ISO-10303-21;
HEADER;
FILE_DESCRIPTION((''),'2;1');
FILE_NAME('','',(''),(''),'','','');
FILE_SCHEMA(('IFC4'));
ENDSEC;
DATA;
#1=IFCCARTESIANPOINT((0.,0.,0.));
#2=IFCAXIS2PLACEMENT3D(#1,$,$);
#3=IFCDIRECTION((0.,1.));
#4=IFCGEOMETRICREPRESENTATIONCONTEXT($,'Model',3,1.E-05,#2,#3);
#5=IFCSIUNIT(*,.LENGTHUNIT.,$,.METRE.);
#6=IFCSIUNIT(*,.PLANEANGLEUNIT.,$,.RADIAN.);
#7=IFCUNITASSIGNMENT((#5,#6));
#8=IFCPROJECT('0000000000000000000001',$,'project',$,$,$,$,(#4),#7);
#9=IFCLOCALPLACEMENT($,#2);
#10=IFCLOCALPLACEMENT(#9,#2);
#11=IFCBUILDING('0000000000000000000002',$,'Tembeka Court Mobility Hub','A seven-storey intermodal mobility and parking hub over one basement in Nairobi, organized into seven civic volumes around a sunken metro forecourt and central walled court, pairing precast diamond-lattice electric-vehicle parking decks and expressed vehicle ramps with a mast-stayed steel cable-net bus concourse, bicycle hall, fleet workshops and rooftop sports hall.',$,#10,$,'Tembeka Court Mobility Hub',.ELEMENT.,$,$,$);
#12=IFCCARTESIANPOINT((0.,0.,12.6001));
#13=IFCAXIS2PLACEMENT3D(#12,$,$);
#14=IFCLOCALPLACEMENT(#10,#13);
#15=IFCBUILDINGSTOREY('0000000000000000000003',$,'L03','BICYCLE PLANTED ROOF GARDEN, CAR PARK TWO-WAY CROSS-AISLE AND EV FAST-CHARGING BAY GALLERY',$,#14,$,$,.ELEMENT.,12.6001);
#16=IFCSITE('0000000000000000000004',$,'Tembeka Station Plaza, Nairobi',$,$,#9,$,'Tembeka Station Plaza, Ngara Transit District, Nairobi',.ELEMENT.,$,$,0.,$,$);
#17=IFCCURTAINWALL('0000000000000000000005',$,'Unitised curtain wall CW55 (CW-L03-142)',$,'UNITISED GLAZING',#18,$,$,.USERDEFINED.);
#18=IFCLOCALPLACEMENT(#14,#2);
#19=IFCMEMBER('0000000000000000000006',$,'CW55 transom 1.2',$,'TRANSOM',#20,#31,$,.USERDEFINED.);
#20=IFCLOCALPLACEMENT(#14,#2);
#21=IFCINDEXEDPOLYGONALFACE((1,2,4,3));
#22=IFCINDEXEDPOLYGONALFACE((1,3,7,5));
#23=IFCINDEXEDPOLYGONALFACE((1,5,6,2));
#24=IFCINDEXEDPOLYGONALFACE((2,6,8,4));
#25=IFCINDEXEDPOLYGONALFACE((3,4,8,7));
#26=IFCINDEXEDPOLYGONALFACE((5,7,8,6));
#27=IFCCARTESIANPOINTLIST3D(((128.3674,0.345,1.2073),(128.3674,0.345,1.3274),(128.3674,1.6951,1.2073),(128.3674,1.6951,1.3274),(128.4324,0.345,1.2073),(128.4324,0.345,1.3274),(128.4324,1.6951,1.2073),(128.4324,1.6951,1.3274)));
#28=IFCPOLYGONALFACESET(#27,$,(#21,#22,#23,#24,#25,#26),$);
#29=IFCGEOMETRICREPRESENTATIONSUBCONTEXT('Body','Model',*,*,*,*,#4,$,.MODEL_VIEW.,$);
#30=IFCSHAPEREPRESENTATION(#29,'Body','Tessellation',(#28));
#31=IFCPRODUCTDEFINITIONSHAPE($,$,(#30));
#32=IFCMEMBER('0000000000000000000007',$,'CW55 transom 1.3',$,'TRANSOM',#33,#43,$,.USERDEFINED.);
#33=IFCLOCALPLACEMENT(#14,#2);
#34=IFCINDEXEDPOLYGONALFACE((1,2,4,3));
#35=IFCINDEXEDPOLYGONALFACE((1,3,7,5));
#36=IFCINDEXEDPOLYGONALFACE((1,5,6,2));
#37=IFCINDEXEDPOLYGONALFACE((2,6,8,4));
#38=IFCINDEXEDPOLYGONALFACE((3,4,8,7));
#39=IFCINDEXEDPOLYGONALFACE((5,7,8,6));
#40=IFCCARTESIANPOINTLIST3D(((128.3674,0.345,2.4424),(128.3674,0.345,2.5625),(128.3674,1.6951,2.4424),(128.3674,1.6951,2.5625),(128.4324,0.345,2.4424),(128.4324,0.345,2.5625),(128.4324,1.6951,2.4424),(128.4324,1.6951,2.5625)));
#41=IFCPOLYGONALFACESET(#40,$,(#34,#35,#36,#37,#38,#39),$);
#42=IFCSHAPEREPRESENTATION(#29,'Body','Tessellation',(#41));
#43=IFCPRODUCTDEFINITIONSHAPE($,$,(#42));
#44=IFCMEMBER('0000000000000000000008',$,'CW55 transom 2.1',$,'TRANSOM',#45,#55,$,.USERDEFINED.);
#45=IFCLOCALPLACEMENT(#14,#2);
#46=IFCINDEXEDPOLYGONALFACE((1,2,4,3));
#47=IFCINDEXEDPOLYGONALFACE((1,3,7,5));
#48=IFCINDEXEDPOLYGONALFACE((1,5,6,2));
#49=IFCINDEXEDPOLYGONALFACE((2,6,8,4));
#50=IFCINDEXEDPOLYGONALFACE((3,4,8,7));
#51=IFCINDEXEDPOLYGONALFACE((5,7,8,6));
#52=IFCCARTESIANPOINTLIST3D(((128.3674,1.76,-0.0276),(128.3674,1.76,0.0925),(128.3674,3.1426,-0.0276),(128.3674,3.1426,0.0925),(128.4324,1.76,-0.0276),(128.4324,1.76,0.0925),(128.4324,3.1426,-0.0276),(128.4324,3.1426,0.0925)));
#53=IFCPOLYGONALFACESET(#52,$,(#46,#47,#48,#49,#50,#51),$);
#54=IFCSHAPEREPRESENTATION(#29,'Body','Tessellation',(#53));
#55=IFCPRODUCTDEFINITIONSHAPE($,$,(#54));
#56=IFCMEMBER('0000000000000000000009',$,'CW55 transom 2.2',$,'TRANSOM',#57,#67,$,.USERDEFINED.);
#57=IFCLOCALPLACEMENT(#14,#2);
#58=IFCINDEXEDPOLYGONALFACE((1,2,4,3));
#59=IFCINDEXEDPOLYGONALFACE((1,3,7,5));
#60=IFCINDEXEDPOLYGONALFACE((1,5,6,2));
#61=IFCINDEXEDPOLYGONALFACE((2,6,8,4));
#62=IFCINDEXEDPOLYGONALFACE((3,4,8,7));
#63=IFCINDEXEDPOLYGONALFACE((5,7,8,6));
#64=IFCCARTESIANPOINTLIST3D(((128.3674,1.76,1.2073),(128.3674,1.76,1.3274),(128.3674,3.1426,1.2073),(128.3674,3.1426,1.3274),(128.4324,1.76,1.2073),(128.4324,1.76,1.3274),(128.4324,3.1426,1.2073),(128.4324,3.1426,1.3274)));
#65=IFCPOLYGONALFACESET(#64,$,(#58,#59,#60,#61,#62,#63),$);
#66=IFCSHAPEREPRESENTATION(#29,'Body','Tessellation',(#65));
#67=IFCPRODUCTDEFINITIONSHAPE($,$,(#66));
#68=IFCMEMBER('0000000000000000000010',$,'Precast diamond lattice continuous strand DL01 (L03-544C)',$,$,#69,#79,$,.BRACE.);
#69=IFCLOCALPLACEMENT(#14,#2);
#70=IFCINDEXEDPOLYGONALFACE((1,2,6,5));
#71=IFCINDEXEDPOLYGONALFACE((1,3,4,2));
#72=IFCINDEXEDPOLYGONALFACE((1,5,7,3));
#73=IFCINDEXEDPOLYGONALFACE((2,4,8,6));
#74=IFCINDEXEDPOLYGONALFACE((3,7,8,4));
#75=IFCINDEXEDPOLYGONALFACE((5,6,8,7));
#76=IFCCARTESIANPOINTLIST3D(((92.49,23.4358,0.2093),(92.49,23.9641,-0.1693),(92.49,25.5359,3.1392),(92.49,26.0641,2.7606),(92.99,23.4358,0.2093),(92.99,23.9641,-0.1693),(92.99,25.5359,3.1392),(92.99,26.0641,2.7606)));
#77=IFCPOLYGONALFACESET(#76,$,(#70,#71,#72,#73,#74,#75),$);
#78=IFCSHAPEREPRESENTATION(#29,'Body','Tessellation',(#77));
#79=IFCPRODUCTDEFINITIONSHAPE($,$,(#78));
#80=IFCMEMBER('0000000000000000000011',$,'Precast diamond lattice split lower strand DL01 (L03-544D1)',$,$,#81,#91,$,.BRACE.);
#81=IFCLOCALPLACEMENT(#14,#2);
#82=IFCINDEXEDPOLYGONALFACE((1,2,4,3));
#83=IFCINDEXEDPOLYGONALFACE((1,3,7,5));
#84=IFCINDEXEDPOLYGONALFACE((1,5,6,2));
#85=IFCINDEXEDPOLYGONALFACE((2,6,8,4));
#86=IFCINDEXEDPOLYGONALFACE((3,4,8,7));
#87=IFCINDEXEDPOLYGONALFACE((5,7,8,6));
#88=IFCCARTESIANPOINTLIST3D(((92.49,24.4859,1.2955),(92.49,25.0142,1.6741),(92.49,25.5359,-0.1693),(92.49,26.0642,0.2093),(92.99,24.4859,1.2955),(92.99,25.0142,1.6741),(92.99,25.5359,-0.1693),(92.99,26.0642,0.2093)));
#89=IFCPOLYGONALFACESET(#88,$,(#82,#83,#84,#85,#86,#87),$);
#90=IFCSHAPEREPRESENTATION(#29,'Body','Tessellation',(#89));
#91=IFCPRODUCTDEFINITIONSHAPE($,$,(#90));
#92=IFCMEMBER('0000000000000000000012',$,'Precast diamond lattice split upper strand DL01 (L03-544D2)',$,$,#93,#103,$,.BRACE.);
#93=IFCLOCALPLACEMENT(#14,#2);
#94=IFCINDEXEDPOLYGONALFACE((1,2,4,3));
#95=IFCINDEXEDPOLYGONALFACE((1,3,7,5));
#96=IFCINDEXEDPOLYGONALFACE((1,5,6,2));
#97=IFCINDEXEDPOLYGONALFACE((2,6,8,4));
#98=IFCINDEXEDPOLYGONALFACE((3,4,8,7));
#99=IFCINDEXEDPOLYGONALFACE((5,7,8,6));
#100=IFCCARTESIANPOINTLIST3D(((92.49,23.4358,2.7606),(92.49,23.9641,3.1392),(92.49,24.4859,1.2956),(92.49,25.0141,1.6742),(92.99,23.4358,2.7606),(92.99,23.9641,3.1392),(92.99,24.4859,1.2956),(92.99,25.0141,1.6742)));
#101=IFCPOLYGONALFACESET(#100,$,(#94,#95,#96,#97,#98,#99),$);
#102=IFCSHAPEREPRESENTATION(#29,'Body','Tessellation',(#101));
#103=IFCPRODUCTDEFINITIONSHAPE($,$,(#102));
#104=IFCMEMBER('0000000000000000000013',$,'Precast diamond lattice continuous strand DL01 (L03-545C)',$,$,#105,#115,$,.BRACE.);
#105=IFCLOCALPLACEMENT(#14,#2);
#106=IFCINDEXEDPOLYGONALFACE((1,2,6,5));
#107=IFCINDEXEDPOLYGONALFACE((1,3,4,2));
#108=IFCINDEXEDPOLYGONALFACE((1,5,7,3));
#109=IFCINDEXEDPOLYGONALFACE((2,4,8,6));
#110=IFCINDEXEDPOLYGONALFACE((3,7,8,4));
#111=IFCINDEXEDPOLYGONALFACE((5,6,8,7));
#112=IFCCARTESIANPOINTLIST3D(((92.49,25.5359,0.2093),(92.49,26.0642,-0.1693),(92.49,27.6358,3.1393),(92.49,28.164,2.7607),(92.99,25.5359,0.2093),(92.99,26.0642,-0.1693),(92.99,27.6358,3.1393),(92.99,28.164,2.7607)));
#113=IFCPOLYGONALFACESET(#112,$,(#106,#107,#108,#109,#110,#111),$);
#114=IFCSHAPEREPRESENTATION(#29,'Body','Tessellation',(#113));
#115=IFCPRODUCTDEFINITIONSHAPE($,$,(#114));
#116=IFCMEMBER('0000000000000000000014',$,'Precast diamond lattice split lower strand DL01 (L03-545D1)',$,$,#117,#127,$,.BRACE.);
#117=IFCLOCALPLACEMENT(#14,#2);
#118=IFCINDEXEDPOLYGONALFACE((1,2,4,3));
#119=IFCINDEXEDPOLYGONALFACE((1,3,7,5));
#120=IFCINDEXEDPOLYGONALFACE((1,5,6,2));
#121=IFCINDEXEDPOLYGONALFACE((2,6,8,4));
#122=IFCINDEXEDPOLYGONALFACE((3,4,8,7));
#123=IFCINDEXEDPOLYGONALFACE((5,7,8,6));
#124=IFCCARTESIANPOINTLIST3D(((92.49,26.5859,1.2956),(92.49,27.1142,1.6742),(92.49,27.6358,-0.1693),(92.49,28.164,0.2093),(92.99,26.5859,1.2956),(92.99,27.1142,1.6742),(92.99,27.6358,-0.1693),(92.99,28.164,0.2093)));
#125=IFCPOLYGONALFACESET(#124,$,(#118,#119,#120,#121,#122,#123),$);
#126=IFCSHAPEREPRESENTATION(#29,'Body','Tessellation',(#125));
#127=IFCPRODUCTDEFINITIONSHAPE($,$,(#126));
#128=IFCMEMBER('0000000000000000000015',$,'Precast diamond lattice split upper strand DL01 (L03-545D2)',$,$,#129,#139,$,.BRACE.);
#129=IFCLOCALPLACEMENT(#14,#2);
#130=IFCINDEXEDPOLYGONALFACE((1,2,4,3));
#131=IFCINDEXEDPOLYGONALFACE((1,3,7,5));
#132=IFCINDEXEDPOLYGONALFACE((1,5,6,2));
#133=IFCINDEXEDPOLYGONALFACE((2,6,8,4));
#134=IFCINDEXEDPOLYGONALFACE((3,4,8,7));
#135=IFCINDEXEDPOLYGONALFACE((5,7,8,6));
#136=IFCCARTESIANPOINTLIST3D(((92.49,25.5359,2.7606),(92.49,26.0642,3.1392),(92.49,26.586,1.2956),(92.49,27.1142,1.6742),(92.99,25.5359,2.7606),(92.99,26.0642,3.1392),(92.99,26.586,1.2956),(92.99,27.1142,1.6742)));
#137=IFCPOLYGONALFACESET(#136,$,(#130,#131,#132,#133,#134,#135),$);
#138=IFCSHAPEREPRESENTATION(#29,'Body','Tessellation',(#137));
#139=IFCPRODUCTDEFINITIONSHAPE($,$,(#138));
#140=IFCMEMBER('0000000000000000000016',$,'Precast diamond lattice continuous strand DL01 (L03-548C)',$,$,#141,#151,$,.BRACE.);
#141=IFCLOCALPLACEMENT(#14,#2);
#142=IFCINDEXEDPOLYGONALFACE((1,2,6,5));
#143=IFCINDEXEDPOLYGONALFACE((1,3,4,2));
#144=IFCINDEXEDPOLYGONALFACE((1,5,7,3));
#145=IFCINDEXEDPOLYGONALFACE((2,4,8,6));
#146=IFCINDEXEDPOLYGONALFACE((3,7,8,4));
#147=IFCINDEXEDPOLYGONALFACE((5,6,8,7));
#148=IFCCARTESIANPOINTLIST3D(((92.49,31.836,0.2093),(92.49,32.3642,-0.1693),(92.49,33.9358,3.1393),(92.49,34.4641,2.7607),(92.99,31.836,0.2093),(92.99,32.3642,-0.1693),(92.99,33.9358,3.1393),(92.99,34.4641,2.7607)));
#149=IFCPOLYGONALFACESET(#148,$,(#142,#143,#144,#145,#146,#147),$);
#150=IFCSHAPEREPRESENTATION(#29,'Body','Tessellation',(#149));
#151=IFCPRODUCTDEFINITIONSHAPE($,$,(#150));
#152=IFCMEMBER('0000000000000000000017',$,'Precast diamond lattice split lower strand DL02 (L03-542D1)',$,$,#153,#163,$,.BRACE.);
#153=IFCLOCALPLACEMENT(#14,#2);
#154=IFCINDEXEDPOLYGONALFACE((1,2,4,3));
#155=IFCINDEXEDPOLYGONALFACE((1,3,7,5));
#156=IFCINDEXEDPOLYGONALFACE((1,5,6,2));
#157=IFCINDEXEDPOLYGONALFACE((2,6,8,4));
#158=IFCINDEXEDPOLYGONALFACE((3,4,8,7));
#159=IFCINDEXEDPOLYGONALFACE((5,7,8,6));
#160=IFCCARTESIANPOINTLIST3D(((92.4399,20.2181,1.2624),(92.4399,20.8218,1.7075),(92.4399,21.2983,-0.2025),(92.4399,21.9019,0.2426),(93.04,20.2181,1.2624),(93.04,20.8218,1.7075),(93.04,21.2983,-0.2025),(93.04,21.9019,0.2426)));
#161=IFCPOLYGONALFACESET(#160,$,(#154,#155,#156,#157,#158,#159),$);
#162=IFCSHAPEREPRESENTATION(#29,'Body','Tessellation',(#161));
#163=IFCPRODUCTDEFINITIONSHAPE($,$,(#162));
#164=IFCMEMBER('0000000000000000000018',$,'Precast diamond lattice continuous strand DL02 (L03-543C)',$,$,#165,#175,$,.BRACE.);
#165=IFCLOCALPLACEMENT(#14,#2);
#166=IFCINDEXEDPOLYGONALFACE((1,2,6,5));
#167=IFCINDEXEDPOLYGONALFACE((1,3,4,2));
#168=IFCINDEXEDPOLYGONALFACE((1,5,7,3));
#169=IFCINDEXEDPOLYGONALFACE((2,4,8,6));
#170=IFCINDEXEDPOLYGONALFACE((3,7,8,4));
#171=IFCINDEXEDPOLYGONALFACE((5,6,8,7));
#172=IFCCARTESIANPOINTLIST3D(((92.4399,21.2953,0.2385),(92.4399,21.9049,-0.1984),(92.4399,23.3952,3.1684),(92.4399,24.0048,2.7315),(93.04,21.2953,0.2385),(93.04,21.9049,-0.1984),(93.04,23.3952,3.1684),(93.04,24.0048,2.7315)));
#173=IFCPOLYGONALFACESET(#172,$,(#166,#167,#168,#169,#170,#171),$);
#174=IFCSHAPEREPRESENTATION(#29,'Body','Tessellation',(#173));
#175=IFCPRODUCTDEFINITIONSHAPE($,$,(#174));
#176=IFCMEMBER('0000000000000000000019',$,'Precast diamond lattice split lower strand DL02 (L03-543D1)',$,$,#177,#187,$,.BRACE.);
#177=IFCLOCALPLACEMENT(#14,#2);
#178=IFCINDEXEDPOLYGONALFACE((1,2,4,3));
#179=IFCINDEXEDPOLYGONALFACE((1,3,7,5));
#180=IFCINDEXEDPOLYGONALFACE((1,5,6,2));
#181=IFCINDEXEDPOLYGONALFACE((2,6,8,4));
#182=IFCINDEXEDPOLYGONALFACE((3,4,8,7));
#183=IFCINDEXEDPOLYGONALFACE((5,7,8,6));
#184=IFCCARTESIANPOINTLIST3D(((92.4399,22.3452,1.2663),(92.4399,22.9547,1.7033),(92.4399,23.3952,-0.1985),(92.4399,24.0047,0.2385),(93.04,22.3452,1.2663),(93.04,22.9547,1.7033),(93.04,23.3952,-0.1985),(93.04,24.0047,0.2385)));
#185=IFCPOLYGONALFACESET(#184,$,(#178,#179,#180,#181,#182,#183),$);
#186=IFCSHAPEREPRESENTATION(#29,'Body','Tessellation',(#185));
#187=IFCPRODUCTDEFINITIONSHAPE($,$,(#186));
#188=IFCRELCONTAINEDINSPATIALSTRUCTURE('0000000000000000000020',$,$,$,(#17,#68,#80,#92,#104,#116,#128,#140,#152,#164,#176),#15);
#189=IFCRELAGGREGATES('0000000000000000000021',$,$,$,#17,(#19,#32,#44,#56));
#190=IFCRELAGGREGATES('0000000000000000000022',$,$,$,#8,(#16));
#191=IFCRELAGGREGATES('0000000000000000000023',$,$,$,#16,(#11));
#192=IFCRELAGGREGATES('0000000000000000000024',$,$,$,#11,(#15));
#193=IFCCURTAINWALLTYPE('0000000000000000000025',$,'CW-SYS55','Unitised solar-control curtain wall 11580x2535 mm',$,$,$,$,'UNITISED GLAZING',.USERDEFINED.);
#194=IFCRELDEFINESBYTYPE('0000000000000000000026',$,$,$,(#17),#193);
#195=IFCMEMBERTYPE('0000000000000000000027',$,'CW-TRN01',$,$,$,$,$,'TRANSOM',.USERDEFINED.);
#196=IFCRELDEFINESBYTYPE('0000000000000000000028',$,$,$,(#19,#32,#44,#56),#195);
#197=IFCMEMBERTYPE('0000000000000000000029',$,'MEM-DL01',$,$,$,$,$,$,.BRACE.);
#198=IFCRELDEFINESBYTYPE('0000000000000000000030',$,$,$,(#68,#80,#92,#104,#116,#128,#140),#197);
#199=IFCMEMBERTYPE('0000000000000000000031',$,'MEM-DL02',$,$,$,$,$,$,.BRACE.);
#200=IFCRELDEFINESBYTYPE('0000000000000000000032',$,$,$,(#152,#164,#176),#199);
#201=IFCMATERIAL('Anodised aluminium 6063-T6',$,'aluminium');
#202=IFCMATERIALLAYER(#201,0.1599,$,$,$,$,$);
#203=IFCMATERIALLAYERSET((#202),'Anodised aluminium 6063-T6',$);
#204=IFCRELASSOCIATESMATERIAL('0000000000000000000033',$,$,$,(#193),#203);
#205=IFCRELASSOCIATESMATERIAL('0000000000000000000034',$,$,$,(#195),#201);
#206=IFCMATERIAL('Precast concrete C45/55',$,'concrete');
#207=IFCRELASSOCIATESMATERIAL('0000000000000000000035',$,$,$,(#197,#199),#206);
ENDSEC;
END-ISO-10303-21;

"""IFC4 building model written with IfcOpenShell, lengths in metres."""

from ifc_helpers import new_model, si_unit, direction, frame, origin, origin_2d, place, context, subcontext, project, spatial, rectangle, extrude, material, layer, layer_set, material_profile, profile_set, type_object, element, aggregate, save


model = new_model("IFC4")

# Units and contexts
model_context = context("Model", 3, precision=1e-05, world=origin(), true_north=direction((0.0, 1.0)))
body_context = subcontext(model_context, "Body", "Model", "MODEL_VIEW")
ifc_project = project(units=[si_unit("LENGTHUNIT", "METRE"), si_unit("PLANEANGLEUNIT", "RADIAN")], contexts=[model_context])

# Site, building, storey
site_placement = place(None, origin())
site = spatial("IfcSite", under=ifc_project, at=site_placement, Name="Tembeka Station Plaza, Nairobi", LongName="Tembeka Station Plaza, Ngara Transit District, Nairobi", CompositionType="ELEMENT", RefElevation=0.0)
building_placement = place(site_placement, origin())
building = spatial("IfcBuilding", under=site, at=building_placement, Name="Tembeka Court Mobility Hub", Description="A seven-storey intermodal mobility and parking hub over one basement in Nairobi, organized into seven civic volumes around a sunken metro forecourt and central walled court, pairing precast diamond-lattice electric-vehicle parking decks and expressed vehicle ramps with a mast-stayed steel cable-net bus concourse, bicycle hall, fleet workshops and rooftop sports hall.", LongName="Tembeka Court Mobility Hub", CompositionType="ELEMENT")
storey_placement = place(building_placement, frame((0.0, 0.0, 12.6001)))
storey = spatial("IfcBuildingStorey", under=building, at=storey_placement, Name="L03", Description="BICYCLE PLANTED ROOF GARDEN, CAR PARK TWO-WAY CROSS-AISLE AND EV FAST-CHARGING BAY GALLERY", CompositionType="ELEMENT", Elevation=12.6001)

# Curtain wall, members
ifc_material_1 = material(Name="Anodised aluminium 6063-T6", Category="aluminium")
ifc_layer_1 = layer(ifc_material_1, 0.1599)
ifc_layer_set_1 = layer_set([ifc_layer_1], Name="Anodised aluminium 6063-T6")
curtain_wall_type = type_object("IfcCurtainWallType", Name="CW-SYS55", Description="Unitised solar-control curtain wall 11580x2535 mm", ElementType="UNITISED GLAZING", PredefinedType="USERDEFINED", material=ifc_layer_set_1)
curtain_wall_placement = place(storey_placement, origin())
curtain_wall = element("IfcCurtainWall", 1, at=curtain_wall_placement, inside=storey, type_object=curtain_wall_type, Name="Unitised curtain wall CW55 (CW-L03-142)", ObjectType="UNITISED GLAZING", PredefinedType="USERDEFINED")
ifc_material_profile_1 = material_profile(ifc_material_1, rectangle(XDim=0.0649, YDim=0.1201, at=origin_2d()), Name="ALU-TRN 65x120")
ifc_profile_set_1 = profile_set([ifc_material_profile_1], Name="Anodised aluminium 6063-T6")
member_type_1 = type_object("IfcMemberType", Name="CW-TRN01", ElementType="TRANSOM", PredefinedType="USERDEFINED", material=ifc_profile_set_1)
member_1_placement = place(storey_placement, frame((128.3999, 0.345, 1.2673), z_axis=(0.0, 1.0, 0.0), x_axis=(-1.0, 0.0, 0.0)))
member_1 = element("IfcMember", 2, at=member_1_placement, type_object=member_type_1, Name="CW55 transom 1.2", ObjectType="TRANSOM", PredefinedType="USERDEFINED", context=body_context, shape_type="SweptSolid", body=[
    extrude(rectangle(XDim=0.0649, YDim=0.1201, at=origin_2d()), origin(), (0.0, 0.0, 1.0), 1.3501),
])
member_2_placement = place(storey_placement, frame((128.3999, 0.345, 2.5024), z_axis=(0.0, 1.0, 0.0), x_axis=(-1.0, 0.0, 0.0)))
member_2 = element("IfcMember", 3, at=member_2_placement, type_object=member_type_1, Name="CW55 transom 1.3", ObjectType="TRANSOM", PredefinedType="USERDEFINED", context=body_context, shape_type="SweptSolid", body=[
    extrude(rectangle(XDim=0.0649, YDim=0.1201, at=origin_2d()), origin(), (0.0, 0.0, 1.0), 1.3501),
])
member_3_placement = place(storey_placement, frame((128.3999, 1.76, 0.0325), z_axis=(0.0, 1.0, 0.0), x_axis=(-1.0, 0.0, 0.0)))
member_3 = element("IfcMember", 4, at=member_3_placement, type_object=member_type_1, Name="CW55 transom 2.1", ObjectType="TRANSOM", PredefinedType="USERDEFINED", context=body_context, shape_type="SweptSolid", body=[
    extrude(rectangle(XDim=0.0649, YDim=0.1201, at=origin_2d()), origin(), (0.0, 0.0, 1.0), 1.3826),
])
member_4_placement = place(storey_placement, frame((128.3999, 1.76, 1.2673), z_axis=(0.0, 1.0, 0.0), x_axis=(-1.0, 0.0, 0.0)))
member_4 = element("IfcMember", 5, at=member_4_placement, type_object=member_type_1, Name="CW55 transom 2.2", ObjectType="TRANSOM", PredefinedType="USERDEFINED", context=body_context, shape_type="SweptSolid", body=[
    extrude(rectangle(XDim=0.0649, YDim=0.1201, at=origin_2d()), origin(), (0.0, 0.0, 1.0), 1.3826),
])

# Members
ifc_material_2 = material(Name="Precast concrete C45/55", Category="concrete")
ifc_material_profile_2 = material_profile(ifc_material_2, rectangle(XDim=0.5, YDim=0.6499, at=origin_2d()), Name="PC-DIAG 500x650")
ifc_profile_set_2 = profile_set([ifc_material_profile_2], Name="Precast concrete C45/55")
member_type_2 = type_object("IfcMemberType", Name="MEM-DL01", PredefinedType="BRACE", material=ifc_profile_set_2)
member_5_placement = place(storey_placement, frame((92.74, 23.7, 0.02), z_axis=(0.0, 0.582576, 0.812776), x_axis=(-1.0, 0.0, 0.0)))
element("IfcMember", 6, at=member_5_placement, inside=storey, type_object=member_type_2, Name="Precast diamond lattice continuous strand DL01 (L03-544C)", PredefinedType="BRACE", context=body_context, shape_type="SweptSolid", body=[
    extrude(rectangle(XDim=0.5, YDim=0.6499, at=origin_2d()), origin(), (0.0, 0.0, 1.0), 3.6047),
])
member_6_placement = place(storey_placement, frame((92.74, 25.8, 0.02), z_axis=(0.0, -0.582608, 0.812753), x_axis=(1.0, 0.0, 0.0)))
element("IfcMember", 7, at=member_6_placement, inside=storey, type_object=member_type_2, Name="Precast diamond lattice split lower strand DL01 (L03-544D1)", PredefinedType="BRACE", context=body_context, shape_type="SweptSolid", body=[
    extrude(rectangle(XDim=0.5, YDim=0.6499, at=origin_2d()), origin(), (0.0, 0.0, 1.0), 1.8022),
])
member_7_placement = place(storey_placement, frame((92.74, 24.75, 1.4849), z_axis=(0.0, -0.582544, 0.812799), x_axis=(1.0, 0.0, 0.0)))
element("IfcMember", 8, at=member_7_placement, inside=storey, type_object=member_type_2, Name="Precast diamond lattice split upper strand DL01 (L03-544D2)", PredefinedType="BRACE", context=body_context, shape_type="SweptSolid", body=[
    extrude(rectangle(XDim=0.5, YDim=0.6499, at=origin_2d()), origin(), (0.0, 0.0, 1.0), 1.8025),
])
member_8_placement = place(storey_placement, frame((92.74, 25.8, 0.02), z_axis=(0.0, 0.582532, 0.812808), x_axis=(-1.0, 0.0, 0.0)))
element("IfcMember", 9, at=member_8_placement, inside=storey, type_object=member_type_2, Name="Precast diamond lattice continuous strand DL01 (L03-545C)", PredefinedType="BRACE", context=body_context, shape_type="SweptSolid", body=[
    extrude(rectangle(XDim=0.5, YDim=0.6499, at=origin_2d()), origin(), (0.0, 0.0, 1.0), 3.6047),
])
member_9_placement = place(storey_placement, frame((92.74, 27.8999, 0.02), z_axis=(0.0, -0.582519, 0.812817), x_axis=(1.0, 0.0, 0.0)))
element("IfcMember", 10, at=member_9_placement, inside=storey, type_object=member_type_2, Name="Precast diamond lattice split lower strand DL01 (L03-545D1)", PredefinedType="BRACE", context=body_context, shape_type="SweptSolid", body=[
    extrude(rectangle(XDim=0.5, YDim=0.6499, at=origin_2d()), origin(), (0.0, 0.0, 1.0), 1.8022),
])
member_10_placement = place(storey_placement, frame((92.74, 26.8501, 1.4849), z_axis=(0.0, -0.582544, 0.812799), x_axis=(1.0, 0.0, 0.0)))
element("IfcMember", 11, at=member_10_placement, inside=storey, type_object=member_type_2, Name="Precast diamond lattice split upper strand DL01 (L03-545D2)", PredefinedType="BRACE", context=body_context, shape_type="SweptSolid", body=[
    extrude(rectangle(XDim=0.5, YDim=0.6499, at=origin_2d()), origin(), (0.0, 0.0, 1.0), 1.8025),
])
member_11_placement = place(storey_placement, frame((92.74, 32.1001, 0.02), z_axis=(0.0, 0.582532, 0.812808), x_axis=(-1.0, 0.0, 0.0)))
element("IfcMember", 12, at=member_11_placement, inside=storey, type_object=member_type_2, Name="Precast diamond lattice continuous strand DL01 (L03-548C)", PredefinedType="BRACE", context=body_context, shape_type="SweptSolid", body=[
    extrude(rectangle(XDim=0.5, YDim=0.6499, at=origin_2d()), origin(), (0.0, 0.0, 1.0), 3.6047),
])
ifc_material_profile_3 = material_profile(ifc_material_2, rectangle(XDim=0.6001, YDim=0.75, at=origin_2d()), Name="PC-DIAG 600x750")
ifc_profile_set_3 = profile_set([ifc_material_profile_3], Name="Precast concrete C45/55")
member_type_3 = type_object("IfcMemberType", Name="MEM-DL02", PredefinedType="BRACE", material=ifc_profile_set_3)
member_12_placement = place(storey_placement, frame((92.74, 21.6001, 0.02), z_axis=(0.0, -0.593455, 0.804867), x_axis=(1.0, 0.0, 0.0)))
element("IfcMember", 13, at=member_12_placement, inside=storey, type_object=member_type_3, Name="Precast diamond lattice split lower strand DL02 (L03-542D1)", PredefinedType="BRACE", context=body_context, shape_type="SweptSolid", body=[
    extrude(rectangle(XDim=0.6001, YDim=0.75, at=origin_2d()), origin(), (0.0, 0.0, 1.0), 1.8201),
])
member_13_placement = place(storey_placement, frame((92.74, 21.6001, 0.02), z_axis=(0.0, 0.582532, 0.812808), x_axis=(-1.0, 0.0, 0.0)))
element("IfcMember", 14, at=member_13_placement, inside=storey, type_object=member_type_3, Name="Precast diamond lattice continuous strand DL02 (L03-543C)", PredefinedType="BRACE", context=body_context, shape_type="SweptSolid", body=[
    extrude(rectangle(XDim=0.6001, YDim=0.75, at=origin_2d()), origin(), (0.0, 0.0, 1.0), 3.6047),
])
member_14_placement = place(storey_placement, frame((92.74, 23.7, 0.02), z_axis=(0.0, -0.582608, 0.812753), x_axis=(1.0, 0.0, 0.0)))
element("IfcMember", 15, at=member_14_placement, inside=storey, type_object=member_type_3, Name="Precast diamond lattice split lower strand DL02 (L03-543D1)", PredefinedType="BRACE", context=body_context, shape_type="SweptSolid", body=[
    extrude(rectangle(XDim=0.6001, YDim=0.75, at=origin_2d()), origin(), (0.0, 0.0, 1.0), 1.8022),
])

aggregate(curtain_wall, [member_1, member_2, member_3, member_4])

save(model, "model.ifc")
